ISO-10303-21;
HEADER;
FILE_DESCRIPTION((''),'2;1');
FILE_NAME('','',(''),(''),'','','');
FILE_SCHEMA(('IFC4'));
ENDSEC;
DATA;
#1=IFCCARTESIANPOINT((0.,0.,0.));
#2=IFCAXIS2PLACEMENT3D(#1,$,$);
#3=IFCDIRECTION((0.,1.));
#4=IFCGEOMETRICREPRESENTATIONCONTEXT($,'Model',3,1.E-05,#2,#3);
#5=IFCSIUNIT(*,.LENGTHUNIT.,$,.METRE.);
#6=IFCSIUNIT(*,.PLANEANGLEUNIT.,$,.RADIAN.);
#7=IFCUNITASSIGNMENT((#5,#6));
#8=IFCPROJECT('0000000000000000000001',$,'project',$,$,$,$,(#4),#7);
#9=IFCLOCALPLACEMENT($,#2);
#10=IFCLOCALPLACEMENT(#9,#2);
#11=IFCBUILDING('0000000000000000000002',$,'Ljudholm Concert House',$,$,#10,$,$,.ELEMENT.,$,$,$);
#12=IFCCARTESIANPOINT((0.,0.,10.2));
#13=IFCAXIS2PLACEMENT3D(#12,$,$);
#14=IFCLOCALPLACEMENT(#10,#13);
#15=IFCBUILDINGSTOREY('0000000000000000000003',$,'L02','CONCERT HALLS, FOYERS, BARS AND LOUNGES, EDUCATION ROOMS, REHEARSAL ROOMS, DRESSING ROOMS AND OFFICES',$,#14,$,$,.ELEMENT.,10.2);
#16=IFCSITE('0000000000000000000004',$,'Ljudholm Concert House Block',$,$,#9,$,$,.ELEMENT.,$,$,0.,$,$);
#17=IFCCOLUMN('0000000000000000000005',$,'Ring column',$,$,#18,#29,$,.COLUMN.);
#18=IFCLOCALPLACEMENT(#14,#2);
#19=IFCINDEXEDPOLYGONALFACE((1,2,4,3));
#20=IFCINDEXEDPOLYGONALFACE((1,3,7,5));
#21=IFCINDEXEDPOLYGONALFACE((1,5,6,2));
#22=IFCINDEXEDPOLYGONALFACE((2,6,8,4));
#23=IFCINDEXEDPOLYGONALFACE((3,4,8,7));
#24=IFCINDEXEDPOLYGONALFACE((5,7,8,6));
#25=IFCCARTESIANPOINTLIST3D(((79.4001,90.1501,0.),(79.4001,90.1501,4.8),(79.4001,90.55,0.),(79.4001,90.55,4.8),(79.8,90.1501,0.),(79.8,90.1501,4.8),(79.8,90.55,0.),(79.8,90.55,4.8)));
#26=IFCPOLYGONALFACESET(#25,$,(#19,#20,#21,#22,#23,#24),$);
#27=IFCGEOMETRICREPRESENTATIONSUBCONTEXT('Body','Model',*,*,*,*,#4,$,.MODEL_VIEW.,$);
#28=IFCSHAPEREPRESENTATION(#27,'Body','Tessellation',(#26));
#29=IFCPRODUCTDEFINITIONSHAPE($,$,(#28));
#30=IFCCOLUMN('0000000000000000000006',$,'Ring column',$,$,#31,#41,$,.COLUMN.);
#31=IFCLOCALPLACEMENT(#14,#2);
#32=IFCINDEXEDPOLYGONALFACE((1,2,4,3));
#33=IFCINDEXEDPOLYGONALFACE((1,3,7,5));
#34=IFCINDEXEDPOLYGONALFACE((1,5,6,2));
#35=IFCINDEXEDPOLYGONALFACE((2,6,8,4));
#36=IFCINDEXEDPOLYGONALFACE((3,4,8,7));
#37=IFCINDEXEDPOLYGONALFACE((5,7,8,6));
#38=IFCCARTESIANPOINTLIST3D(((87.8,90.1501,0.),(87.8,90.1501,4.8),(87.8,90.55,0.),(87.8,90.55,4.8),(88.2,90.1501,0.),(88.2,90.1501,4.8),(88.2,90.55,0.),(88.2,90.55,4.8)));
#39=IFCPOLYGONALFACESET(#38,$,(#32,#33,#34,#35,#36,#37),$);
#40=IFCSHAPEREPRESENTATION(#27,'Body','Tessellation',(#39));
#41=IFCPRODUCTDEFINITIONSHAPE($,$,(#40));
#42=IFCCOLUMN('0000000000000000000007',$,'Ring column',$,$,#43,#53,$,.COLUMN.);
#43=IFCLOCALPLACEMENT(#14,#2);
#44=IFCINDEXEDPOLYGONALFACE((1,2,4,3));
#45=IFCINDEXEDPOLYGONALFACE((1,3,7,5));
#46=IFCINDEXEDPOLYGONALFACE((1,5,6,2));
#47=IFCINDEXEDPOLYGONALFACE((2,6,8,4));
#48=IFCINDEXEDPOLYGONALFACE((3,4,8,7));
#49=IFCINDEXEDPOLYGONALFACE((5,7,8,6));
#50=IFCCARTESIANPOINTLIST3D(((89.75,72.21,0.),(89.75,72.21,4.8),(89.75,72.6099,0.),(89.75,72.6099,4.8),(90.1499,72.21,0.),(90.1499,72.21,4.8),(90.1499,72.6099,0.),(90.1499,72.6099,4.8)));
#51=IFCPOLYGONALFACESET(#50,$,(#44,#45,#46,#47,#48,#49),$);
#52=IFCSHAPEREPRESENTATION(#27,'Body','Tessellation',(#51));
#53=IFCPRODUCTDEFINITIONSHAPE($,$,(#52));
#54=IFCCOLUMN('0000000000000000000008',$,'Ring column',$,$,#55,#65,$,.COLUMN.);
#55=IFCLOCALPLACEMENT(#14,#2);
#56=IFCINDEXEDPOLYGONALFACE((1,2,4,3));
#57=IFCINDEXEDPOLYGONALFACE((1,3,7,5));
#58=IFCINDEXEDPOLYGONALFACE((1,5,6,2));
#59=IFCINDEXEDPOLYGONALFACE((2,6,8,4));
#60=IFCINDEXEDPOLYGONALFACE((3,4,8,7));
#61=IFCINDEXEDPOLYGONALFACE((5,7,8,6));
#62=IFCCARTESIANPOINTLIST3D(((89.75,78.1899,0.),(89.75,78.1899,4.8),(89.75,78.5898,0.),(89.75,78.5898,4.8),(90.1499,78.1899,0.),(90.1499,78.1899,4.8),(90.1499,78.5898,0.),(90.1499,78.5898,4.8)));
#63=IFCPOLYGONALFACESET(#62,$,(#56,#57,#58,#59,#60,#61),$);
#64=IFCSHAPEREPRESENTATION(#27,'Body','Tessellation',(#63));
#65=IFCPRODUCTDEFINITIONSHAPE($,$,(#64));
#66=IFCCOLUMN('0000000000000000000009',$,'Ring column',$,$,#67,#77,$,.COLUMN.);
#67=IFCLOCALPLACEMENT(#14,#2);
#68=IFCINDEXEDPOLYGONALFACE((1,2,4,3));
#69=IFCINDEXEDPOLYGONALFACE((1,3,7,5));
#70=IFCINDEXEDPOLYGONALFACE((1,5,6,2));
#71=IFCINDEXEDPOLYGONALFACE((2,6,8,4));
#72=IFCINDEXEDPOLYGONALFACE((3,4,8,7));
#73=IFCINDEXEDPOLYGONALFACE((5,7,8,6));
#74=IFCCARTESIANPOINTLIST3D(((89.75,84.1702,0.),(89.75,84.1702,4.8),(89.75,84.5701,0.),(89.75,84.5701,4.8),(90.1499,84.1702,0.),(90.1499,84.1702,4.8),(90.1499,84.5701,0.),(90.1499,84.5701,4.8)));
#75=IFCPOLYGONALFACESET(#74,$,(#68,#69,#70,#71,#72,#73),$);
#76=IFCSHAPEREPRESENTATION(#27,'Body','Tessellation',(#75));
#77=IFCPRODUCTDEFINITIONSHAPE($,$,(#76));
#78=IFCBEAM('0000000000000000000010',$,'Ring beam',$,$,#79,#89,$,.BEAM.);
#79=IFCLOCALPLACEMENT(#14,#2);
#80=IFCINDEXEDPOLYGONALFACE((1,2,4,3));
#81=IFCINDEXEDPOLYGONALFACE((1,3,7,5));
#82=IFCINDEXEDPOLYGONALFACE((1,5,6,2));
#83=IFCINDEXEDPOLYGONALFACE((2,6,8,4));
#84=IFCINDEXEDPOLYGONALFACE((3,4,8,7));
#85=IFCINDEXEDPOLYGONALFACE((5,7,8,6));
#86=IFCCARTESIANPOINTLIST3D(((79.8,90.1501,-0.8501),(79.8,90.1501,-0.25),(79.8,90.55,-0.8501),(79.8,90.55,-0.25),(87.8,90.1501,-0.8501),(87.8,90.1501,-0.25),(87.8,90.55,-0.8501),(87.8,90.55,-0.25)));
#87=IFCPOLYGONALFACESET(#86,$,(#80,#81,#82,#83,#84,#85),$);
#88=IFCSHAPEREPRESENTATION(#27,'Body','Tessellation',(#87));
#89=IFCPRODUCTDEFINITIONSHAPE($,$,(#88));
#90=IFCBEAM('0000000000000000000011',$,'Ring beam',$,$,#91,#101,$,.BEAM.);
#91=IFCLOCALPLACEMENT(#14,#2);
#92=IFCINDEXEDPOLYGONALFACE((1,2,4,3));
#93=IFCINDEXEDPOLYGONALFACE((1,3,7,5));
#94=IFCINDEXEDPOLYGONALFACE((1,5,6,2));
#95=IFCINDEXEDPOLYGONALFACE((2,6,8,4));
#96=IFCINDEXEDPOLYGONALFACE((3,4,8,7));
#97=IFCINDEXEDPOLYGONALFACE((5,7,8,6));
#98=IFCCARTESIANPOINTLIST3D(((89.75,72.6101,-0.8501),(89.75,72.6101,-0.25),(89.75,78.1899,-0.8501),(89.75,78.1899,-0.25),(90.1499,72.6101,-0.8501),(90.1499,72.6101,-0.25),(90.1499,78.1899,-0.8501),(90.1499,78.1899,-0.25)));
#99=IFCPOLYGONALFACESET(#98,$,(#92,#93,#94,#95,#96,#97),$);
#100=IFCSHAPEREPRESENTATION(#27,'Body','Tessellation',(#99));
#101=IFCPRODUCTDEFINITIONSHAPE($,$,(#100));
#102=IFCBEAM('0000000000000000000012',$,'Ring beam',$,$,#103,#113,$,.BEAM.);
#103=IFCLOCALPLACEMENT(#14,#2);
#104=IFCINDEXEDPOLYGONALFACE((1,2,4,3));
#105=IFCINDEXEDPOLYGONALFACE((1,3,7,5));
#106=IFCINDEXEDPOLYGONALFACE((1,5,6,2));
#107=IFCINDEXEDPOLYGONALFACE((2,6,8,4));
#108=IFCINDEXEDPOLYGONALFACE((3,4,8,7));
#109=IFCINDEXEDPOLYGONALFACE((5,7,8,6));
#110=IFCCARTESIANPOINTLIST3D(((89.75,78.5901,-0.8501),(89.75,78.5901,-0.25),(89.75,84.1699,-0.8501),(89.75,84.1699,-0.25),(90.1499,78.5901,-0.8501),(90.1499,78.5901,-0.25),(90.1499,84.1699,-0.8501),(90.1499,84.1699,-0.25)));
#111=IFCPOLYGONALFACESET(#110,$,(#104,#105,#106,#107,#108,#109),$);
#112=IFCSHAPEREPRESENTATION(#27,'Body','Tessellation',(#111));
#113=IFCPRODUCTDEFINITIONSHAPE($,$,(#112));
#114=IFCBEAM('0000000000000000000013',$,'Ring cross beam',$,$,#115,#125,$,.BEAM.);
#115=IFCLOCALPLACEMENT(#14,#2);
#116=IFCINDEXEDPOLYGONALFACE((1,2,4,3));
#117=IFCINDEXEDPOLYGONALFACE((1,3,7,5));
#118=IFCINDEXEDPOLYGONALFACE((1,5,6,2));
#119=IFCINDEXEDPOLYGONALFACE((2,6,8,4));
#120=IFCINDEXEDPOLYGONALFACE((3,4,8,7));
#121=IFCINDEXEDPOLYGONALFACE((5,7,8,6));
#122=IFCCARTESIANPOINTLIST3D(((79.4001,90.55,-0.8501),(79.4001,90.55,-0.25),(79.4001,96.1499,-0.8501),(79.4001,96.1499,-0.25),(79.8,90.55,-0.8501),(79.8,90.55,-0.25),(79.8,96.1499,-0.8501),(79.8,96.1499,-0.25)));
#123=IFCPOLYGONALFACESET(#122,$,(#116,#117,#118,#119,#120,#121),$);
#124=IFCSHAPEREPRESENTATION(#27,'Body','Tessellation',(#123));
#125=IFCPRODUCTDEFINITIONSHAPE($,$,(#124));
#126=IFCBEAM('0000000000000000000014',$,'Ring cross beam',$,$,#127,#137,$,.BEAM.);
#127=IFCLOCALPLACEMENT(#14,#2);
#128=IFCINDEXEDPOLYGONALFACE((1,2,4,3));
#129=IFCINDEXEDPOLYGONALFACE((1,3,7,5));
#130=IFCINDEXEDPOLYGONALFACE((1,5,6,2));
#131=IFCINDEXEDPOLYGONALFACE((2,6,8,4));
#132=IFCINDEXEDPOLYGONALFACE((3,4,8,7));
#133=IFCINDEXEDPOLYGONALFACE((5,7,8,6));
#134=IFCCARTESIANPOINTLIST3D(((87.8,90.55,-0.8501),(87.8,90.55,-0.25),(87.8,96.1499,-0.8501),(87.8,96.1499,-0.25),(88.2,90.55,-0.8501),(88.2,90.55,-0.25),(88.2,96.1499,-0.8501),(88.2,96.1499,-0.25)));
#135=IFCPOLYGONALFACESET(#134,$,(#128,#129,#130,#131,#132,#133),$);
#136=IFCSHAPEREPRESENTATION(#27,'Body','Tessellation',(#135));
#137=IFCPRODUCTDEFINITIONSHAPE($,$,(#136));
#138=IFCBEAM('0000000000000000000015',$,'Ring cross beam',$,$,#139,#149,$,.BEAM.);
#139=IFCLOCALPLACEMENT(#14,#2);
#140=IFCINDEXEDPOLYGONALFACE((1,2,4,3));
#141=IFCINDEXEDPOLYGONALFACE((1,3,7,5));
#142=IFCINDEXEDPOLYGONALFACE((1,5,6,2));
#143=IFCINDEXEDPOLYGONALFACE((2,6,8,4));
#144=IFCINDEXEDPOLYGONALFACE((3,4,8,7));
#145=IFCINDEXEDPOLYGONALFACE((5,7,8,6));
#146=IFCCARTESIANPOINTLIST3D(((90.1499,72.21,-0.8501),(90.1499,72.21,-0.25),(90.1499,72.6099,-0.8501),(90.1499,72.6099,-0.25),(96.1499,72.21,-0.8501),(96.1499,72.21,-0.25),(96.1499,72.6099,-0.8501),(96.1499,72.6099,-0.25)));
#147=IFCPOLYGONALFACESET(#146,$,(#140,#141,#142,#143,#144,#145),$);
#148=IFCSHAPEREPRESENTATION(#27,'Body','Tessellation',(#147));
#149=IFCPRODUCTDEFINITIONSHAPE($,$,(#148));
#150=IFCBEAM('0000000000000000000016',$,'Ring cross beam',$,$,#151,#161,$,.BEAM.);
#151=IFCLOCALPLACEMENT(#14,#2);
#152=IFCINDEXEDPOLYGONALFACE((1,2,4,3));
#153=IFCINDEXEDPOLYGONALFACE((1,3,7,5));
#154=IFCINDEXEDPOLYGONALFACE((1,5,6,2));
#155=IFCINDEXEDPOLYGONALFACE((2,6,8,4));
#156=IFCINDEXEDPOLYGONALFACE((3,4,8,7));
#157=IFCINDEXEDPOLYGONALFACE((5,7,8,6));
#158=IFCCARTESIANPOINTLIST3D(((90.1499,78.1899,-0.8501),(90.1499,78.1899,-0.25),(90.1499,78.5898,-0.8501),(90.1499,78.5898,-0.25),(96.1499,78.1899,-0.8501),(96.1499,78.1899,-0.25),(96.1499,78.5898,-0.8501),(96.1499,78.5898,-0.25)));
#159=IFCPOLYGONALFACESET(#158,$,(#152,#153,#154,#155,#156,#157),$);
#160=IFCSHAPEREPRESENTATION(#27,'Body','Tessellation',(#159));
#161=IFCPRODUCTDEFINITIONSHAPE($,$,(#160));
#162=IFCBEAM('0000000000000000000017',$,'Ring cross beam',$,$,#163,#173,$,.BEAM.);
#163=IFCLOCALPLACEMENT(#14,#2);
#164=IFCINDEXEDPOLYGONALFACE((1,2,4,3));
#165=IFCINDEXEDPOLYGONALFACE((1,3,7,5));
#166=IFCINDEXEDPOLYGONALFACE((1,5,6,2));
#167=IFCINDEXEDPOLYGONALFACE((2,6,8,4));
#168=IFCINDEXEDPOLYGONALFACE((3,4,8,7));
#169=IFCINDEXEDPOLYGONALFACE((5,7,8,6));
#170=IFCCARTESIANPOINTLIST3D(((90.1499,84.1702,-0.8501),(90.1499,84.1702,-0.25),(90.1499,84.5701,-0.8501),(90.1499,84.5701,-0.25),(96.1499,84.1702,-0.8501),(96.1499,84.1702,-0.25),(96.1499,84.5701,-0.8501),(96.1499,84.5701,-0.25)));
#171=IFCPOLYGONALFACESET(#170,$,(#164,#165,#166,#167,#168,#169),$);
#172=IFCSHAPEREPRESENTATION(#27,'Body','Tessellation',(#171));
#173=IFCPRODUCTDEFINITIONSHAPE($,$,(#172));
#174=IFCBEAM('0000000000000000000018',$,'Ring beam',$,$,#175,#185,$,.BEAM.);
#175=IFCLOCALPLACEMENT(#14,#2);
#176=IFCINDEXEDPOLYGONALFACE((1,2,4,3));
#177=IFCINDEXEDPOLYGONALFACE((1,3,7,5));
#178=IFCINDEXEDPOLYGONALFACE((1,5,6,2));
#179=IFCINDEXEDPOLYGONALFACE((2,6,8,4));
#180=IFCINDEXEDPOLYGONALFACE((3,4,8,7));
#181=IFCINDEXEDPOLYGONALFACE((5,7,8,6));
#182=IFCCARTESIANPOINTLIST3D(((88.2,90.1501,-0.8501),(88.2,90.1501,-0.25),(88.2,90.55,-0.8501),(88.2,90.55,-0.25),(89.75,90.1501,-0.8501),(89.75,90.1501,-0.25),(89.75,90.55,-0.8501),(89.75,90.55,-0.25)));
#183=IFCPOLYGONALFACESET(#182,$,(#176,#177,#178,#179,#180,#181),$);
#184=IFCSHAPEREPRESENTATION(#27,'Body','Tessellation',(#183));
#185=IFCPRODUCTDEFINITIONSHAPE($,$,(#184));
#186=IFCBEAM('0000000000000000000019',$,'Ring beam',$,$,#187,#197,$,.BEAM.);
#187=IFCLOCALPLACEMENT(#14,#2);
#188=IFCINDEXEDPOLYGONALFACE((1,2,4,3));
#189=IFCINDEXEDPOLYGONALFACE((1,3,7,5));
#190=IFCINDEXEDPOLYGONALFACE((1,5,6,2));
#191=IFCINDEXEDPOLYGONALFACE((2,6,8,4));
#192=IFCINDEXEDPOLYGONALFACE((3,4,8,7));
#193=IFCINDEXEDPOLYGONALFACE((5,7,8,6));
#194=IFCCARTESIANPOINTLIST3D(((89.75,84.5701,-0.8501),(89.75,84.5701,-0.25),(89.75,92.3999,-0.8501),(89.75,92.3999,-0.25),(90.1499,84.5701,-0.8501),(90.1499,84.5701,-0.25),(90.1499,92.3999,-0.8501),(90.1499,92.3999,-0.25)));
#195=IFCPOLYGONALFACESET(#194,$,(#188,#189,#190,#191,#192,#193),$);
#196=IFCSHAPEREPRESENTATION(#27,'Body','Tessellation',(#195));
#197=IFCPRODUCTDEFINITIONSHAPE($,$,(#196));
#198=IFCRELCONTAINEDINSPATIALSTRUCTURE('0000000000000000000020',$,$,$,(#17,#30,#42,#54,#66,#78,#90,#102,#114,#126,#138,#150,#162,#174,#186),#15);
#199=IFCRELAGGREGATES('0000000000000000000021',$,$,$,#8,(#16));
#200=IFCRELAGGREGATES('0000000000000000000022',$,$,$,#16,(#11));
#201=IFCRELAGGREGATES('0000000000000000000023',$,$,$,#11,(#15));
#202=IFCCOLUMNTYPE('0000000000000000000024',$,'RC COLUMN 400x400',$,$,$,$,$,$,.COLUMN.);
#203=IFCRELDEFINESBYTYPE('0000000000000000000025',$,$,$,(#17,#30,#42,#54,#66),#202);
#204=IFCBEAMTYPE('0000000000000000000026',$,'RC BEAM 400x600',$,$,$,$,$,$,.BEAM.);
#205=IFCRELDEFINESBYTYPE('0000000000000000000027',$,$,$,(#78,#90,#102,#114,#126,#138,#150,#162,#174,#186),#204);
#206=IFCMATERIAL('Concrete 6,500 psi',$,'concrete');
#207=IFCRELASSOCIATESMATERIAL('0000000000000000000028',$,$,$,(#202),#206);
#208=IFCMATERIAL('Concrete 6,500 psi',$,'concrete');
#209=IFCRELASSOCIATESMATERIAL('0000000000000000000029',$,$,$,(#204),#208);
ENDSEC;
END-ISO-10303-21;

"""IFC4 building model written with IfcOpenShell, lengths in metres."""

from ifc_helpers import new_model, si_unit, direction, frame, origin, origin_2d, place, context, subcontext, project, spatial, rectangle, extrude, material, material_profile, profile_set, type_object, element, save


model = new_model("IFC4")

# Units and contexts
model_context = context("Model", 3, precision=1e-05, world=origin(), true_north=direction((0.0, 1.0)))
body_context = subcontext(model_context, "Body", "Model", "MODEL_VIEW")
ifc_project = project(units=[si_unit("LENGTHUNIT", "METRE"), si_unit("PLANEANGLEUNIT", "RADIAN")], contexts=[model_context])

# Site, building, storey
site_placement = place(None, origin())
site = spatial("IfcSite", under=ifc_project, at=site_placement, Name="Ljudholm Concert House Block", CompositionType="ELEMENT", RefElevation=0.0)
building_placement = place(site_placement, origin())
building = spatial("IfcBuilding", under=site, at=building_placement, Name="Ljudholm Concert House", CompositionType="ELEMENT")
storey_placement = place(building_placement, frame((0.0, 0.0, 10.2)))
storey = spatial("IfcBuildingStorey", under=building, at=storey_placement, Name="L02", Description="CONCERT HALLS, FOYERS, BARS AND LOUNGES, EDUCATION ROOMS, REHEARSAL ROOMS, DRESSING ROOMS AND OFFICES", CompositionType="ELEMENT", Elevation=10.2)

# Columns
ifc_material_1 = material(Name="Concrete 6,500 psi", Category="concrete")
ifc_material_profile_1 = material_profile(ifc_material_1, rectangle(XDim=0.3999, YDim=0.3999, at=origin_2d()), Name="RC COLUMN 400x400")
ifc_profile_set_1 = profile_set([ifc_material_profile_1], Name="Concrete 6,500 psi")
column_type = type_object("IfcColumnType", Name="RC COLUMN 400x400", PredefinedType="COLUMN", material=ifc_profile_set_1)
for number, where, z_axis, x_axis, name in (
    (1, (79.6001, 90.3501, 0.0), (0.0, 0.0, 1.0), (1.0, 0.0, 0.0), "Ring column"),
    (2, (88.0, 90.3501, 0.0), (0.0, 0.0, 1.0), (1.0, 0.0, 0.0), "Ring column"),
    (3, (89.95, 72.4099, 0.0), (0.0, 0.0, 1.0), (1.0, 0.0, 0.0), "Ring column"),
    (4, (89.95, 78.3899, 0.0), (0.0, 0.0, 1.0), (1.0, 0.0, 0.0), "Ring column"),
    (5, (89.95, 84.3701, 0.0), (0.0, 0.0, 1.0), (1.0, 0.0, 0.0), "Ring column"),
):
    element("IfcColumn", number, at=place(storey_placement, frame(where, z_axis=z_axis, x_axis=x_axis)), inside=storey, type_object=column_type, Name=name, PredefinedType="COLUMN", context=body_context, shape_type="SweptSolid", body=[
        extrude(rectangle(XDim=0.3999, YDim=0.3999, at=origin_2d()), origin(), (0.0, 0.0, 1.0), 4.8),
    ])

# Beams
ifc_material_2 = material(Name="Concrete 6,500 psi", Category="concrete")
ifc_material_profile_2 = material_profile(ifc_material_2, rectangle(XDim=0.3999, YDim=0.6001, at=origin_2d()), Name="RC BEAM 400x600")
ifc_profile_set_2 = profile_set([ifc_material_profile_2], Name="Concrete 6,500 psi")
beam_type_1 = type_object("IfcBeamType", Name="RC BEAM 400x600", PredefinedType="BEAM", material=ifc_profile_set_2)
beam_1_placement = place(storey_placement, frame((79.8, 90.3501, -0.55), z_axis=(1.0, 0.0, 0.0), x_axis=(0.0, 1.0, 0.0)))
element("IfcBeam", 6, at=beam_1_placement, inside=storey, type_object=beam_type_1, Name="Ring beam", PredefinedType="BEAM", context=body_context, shape_type="SweptSolid", body=[
    extrude(rectangle(XDim=0.3999, YDim=0.6001, at=origin_2d()), origin(), (0.0, 0.0, 1.0), 8.0),
])
for number, where, z_axis, x_axis, name in (
    (7, (89.95, 72.6101, -0.55), (0.0, 1.0, 0.0), (-1.0, 0.0, 0.0), "Ring beam"),
    (8, (89.95, 78.5901, -0.55), (0.0, 1.0, 0.0), (-1.0, 0.0, 0.0), "Ring beam"),
):
    element("IfcBeam", number, at=place(storey_placement, frame(where, z_axis=z_axis, x_axis=x_axis)), inside=storey, type_object=beam_type_1, Name=name, PredefinedType="BEAM", context=body_context, shape_type="SweptSolid", body=[
        extrude(rectangle(XDim=0.3999, YDim=0.6001, at=origin_2d()), origin(), (0.0, 0.0, 1.0), 5.5798),
    ])
for number, where, z_axis, x_axis, name in (
    (9, (79.6001, 90.55, -0.55), (0.0, 1.0, 0.0), (-1.0, 0.0, 0.0), "Ring cross beam"),
    (10, (88.0, 90.55, -0.55), (0.0, 1.0, 0.0), (-1.0, 0.0, 0.0), "Ring cross beam"),
):
    element("IfcBeam", number, at=place(storey_placement, frame(where, z_axis=z_axis, x_axis=x_axis)), inside=storey, type_object=beam_type_1, Name=name, PredefinedType="BEAM", context=body_context, shape_type="SweptSolid", body=[
        extrude(rectangle(XDim=0.3999, YDim=0.6001, at=origin_2d()), origin(), (0.0, 0.0, 1.0), 5.5999),
    ])
for number, where, z_axis, x_axis, name in (
    (11, (90.1499, 72.4099, -0.55), (1.0, 0.0, 0.0), (0.0, 1.0, 0.0), "Ring cross beam"),
    (12, (90.1499, 78.3899, -0.55), (1.0, 0.0, 0.0), (0.0, 1.0, 0.0), "Ring cross beam"),
    (13, (90.1499, 84.3701, -0.55), (1.0, 0.0, 0.0), (0.0, 1.0, 0.0), "Ring cross beam"),
):
    element("IfcBeam", number, at=place(storey_placement, frame(where, z_axis=z_axis, x_axis=x_axis)), inside=storey, type_object=beam_type_1, Name=name, PredefinedType="BEAM", context=body_context, shape_type="SweptSolid", body=[
        extrude(rectangle(XDim=0.3999, YDim=0.6001, at=origin_2d()), origin(), (0.0, 0.0, 1.0), 6.0),
    ])
beam_2_placement = place(storey_placement, frame((88.2, 90.3501, -0.55), z_axis=(1.0, 0.0, 0.0), x_axis=(0.0, 1.0, 0.0)))
element("IfcBeam", 14, at=beam_2_placement, inside=storey, type_object=beam_type_1, Name="Ring beam", PredefinedType="BEAM", context=body_context, shape_type="SweptSolid", body=[
    extrude(rectangle(XDim=0.3999, YDim=0.6001, at=origin_2d()), origin(), (0.0, 0.0, 1.0), 1.55),
])
beam_3_placement = place(storey_placement, frame((89.95, 84.5701, -0.55), z_axis=(0.0, 1.0, 0.0), x_axis=(-1.0, 0.0, 0.0)))
element("IfcBeam", 15, at=beam_3_placement, inside=storey, type_object=beam_type_1, Name="Ring beam", PredefinedType="BEAM", context=body_context, shape_type="SweptSolid", body=[
    extrude(rectangle(XDim=0.3999, YDim=0.6001, at=origin_2d()), origin(), (0.0, 0.0, 1.0), 7.8298),
])

save(model, "model.ifc")
